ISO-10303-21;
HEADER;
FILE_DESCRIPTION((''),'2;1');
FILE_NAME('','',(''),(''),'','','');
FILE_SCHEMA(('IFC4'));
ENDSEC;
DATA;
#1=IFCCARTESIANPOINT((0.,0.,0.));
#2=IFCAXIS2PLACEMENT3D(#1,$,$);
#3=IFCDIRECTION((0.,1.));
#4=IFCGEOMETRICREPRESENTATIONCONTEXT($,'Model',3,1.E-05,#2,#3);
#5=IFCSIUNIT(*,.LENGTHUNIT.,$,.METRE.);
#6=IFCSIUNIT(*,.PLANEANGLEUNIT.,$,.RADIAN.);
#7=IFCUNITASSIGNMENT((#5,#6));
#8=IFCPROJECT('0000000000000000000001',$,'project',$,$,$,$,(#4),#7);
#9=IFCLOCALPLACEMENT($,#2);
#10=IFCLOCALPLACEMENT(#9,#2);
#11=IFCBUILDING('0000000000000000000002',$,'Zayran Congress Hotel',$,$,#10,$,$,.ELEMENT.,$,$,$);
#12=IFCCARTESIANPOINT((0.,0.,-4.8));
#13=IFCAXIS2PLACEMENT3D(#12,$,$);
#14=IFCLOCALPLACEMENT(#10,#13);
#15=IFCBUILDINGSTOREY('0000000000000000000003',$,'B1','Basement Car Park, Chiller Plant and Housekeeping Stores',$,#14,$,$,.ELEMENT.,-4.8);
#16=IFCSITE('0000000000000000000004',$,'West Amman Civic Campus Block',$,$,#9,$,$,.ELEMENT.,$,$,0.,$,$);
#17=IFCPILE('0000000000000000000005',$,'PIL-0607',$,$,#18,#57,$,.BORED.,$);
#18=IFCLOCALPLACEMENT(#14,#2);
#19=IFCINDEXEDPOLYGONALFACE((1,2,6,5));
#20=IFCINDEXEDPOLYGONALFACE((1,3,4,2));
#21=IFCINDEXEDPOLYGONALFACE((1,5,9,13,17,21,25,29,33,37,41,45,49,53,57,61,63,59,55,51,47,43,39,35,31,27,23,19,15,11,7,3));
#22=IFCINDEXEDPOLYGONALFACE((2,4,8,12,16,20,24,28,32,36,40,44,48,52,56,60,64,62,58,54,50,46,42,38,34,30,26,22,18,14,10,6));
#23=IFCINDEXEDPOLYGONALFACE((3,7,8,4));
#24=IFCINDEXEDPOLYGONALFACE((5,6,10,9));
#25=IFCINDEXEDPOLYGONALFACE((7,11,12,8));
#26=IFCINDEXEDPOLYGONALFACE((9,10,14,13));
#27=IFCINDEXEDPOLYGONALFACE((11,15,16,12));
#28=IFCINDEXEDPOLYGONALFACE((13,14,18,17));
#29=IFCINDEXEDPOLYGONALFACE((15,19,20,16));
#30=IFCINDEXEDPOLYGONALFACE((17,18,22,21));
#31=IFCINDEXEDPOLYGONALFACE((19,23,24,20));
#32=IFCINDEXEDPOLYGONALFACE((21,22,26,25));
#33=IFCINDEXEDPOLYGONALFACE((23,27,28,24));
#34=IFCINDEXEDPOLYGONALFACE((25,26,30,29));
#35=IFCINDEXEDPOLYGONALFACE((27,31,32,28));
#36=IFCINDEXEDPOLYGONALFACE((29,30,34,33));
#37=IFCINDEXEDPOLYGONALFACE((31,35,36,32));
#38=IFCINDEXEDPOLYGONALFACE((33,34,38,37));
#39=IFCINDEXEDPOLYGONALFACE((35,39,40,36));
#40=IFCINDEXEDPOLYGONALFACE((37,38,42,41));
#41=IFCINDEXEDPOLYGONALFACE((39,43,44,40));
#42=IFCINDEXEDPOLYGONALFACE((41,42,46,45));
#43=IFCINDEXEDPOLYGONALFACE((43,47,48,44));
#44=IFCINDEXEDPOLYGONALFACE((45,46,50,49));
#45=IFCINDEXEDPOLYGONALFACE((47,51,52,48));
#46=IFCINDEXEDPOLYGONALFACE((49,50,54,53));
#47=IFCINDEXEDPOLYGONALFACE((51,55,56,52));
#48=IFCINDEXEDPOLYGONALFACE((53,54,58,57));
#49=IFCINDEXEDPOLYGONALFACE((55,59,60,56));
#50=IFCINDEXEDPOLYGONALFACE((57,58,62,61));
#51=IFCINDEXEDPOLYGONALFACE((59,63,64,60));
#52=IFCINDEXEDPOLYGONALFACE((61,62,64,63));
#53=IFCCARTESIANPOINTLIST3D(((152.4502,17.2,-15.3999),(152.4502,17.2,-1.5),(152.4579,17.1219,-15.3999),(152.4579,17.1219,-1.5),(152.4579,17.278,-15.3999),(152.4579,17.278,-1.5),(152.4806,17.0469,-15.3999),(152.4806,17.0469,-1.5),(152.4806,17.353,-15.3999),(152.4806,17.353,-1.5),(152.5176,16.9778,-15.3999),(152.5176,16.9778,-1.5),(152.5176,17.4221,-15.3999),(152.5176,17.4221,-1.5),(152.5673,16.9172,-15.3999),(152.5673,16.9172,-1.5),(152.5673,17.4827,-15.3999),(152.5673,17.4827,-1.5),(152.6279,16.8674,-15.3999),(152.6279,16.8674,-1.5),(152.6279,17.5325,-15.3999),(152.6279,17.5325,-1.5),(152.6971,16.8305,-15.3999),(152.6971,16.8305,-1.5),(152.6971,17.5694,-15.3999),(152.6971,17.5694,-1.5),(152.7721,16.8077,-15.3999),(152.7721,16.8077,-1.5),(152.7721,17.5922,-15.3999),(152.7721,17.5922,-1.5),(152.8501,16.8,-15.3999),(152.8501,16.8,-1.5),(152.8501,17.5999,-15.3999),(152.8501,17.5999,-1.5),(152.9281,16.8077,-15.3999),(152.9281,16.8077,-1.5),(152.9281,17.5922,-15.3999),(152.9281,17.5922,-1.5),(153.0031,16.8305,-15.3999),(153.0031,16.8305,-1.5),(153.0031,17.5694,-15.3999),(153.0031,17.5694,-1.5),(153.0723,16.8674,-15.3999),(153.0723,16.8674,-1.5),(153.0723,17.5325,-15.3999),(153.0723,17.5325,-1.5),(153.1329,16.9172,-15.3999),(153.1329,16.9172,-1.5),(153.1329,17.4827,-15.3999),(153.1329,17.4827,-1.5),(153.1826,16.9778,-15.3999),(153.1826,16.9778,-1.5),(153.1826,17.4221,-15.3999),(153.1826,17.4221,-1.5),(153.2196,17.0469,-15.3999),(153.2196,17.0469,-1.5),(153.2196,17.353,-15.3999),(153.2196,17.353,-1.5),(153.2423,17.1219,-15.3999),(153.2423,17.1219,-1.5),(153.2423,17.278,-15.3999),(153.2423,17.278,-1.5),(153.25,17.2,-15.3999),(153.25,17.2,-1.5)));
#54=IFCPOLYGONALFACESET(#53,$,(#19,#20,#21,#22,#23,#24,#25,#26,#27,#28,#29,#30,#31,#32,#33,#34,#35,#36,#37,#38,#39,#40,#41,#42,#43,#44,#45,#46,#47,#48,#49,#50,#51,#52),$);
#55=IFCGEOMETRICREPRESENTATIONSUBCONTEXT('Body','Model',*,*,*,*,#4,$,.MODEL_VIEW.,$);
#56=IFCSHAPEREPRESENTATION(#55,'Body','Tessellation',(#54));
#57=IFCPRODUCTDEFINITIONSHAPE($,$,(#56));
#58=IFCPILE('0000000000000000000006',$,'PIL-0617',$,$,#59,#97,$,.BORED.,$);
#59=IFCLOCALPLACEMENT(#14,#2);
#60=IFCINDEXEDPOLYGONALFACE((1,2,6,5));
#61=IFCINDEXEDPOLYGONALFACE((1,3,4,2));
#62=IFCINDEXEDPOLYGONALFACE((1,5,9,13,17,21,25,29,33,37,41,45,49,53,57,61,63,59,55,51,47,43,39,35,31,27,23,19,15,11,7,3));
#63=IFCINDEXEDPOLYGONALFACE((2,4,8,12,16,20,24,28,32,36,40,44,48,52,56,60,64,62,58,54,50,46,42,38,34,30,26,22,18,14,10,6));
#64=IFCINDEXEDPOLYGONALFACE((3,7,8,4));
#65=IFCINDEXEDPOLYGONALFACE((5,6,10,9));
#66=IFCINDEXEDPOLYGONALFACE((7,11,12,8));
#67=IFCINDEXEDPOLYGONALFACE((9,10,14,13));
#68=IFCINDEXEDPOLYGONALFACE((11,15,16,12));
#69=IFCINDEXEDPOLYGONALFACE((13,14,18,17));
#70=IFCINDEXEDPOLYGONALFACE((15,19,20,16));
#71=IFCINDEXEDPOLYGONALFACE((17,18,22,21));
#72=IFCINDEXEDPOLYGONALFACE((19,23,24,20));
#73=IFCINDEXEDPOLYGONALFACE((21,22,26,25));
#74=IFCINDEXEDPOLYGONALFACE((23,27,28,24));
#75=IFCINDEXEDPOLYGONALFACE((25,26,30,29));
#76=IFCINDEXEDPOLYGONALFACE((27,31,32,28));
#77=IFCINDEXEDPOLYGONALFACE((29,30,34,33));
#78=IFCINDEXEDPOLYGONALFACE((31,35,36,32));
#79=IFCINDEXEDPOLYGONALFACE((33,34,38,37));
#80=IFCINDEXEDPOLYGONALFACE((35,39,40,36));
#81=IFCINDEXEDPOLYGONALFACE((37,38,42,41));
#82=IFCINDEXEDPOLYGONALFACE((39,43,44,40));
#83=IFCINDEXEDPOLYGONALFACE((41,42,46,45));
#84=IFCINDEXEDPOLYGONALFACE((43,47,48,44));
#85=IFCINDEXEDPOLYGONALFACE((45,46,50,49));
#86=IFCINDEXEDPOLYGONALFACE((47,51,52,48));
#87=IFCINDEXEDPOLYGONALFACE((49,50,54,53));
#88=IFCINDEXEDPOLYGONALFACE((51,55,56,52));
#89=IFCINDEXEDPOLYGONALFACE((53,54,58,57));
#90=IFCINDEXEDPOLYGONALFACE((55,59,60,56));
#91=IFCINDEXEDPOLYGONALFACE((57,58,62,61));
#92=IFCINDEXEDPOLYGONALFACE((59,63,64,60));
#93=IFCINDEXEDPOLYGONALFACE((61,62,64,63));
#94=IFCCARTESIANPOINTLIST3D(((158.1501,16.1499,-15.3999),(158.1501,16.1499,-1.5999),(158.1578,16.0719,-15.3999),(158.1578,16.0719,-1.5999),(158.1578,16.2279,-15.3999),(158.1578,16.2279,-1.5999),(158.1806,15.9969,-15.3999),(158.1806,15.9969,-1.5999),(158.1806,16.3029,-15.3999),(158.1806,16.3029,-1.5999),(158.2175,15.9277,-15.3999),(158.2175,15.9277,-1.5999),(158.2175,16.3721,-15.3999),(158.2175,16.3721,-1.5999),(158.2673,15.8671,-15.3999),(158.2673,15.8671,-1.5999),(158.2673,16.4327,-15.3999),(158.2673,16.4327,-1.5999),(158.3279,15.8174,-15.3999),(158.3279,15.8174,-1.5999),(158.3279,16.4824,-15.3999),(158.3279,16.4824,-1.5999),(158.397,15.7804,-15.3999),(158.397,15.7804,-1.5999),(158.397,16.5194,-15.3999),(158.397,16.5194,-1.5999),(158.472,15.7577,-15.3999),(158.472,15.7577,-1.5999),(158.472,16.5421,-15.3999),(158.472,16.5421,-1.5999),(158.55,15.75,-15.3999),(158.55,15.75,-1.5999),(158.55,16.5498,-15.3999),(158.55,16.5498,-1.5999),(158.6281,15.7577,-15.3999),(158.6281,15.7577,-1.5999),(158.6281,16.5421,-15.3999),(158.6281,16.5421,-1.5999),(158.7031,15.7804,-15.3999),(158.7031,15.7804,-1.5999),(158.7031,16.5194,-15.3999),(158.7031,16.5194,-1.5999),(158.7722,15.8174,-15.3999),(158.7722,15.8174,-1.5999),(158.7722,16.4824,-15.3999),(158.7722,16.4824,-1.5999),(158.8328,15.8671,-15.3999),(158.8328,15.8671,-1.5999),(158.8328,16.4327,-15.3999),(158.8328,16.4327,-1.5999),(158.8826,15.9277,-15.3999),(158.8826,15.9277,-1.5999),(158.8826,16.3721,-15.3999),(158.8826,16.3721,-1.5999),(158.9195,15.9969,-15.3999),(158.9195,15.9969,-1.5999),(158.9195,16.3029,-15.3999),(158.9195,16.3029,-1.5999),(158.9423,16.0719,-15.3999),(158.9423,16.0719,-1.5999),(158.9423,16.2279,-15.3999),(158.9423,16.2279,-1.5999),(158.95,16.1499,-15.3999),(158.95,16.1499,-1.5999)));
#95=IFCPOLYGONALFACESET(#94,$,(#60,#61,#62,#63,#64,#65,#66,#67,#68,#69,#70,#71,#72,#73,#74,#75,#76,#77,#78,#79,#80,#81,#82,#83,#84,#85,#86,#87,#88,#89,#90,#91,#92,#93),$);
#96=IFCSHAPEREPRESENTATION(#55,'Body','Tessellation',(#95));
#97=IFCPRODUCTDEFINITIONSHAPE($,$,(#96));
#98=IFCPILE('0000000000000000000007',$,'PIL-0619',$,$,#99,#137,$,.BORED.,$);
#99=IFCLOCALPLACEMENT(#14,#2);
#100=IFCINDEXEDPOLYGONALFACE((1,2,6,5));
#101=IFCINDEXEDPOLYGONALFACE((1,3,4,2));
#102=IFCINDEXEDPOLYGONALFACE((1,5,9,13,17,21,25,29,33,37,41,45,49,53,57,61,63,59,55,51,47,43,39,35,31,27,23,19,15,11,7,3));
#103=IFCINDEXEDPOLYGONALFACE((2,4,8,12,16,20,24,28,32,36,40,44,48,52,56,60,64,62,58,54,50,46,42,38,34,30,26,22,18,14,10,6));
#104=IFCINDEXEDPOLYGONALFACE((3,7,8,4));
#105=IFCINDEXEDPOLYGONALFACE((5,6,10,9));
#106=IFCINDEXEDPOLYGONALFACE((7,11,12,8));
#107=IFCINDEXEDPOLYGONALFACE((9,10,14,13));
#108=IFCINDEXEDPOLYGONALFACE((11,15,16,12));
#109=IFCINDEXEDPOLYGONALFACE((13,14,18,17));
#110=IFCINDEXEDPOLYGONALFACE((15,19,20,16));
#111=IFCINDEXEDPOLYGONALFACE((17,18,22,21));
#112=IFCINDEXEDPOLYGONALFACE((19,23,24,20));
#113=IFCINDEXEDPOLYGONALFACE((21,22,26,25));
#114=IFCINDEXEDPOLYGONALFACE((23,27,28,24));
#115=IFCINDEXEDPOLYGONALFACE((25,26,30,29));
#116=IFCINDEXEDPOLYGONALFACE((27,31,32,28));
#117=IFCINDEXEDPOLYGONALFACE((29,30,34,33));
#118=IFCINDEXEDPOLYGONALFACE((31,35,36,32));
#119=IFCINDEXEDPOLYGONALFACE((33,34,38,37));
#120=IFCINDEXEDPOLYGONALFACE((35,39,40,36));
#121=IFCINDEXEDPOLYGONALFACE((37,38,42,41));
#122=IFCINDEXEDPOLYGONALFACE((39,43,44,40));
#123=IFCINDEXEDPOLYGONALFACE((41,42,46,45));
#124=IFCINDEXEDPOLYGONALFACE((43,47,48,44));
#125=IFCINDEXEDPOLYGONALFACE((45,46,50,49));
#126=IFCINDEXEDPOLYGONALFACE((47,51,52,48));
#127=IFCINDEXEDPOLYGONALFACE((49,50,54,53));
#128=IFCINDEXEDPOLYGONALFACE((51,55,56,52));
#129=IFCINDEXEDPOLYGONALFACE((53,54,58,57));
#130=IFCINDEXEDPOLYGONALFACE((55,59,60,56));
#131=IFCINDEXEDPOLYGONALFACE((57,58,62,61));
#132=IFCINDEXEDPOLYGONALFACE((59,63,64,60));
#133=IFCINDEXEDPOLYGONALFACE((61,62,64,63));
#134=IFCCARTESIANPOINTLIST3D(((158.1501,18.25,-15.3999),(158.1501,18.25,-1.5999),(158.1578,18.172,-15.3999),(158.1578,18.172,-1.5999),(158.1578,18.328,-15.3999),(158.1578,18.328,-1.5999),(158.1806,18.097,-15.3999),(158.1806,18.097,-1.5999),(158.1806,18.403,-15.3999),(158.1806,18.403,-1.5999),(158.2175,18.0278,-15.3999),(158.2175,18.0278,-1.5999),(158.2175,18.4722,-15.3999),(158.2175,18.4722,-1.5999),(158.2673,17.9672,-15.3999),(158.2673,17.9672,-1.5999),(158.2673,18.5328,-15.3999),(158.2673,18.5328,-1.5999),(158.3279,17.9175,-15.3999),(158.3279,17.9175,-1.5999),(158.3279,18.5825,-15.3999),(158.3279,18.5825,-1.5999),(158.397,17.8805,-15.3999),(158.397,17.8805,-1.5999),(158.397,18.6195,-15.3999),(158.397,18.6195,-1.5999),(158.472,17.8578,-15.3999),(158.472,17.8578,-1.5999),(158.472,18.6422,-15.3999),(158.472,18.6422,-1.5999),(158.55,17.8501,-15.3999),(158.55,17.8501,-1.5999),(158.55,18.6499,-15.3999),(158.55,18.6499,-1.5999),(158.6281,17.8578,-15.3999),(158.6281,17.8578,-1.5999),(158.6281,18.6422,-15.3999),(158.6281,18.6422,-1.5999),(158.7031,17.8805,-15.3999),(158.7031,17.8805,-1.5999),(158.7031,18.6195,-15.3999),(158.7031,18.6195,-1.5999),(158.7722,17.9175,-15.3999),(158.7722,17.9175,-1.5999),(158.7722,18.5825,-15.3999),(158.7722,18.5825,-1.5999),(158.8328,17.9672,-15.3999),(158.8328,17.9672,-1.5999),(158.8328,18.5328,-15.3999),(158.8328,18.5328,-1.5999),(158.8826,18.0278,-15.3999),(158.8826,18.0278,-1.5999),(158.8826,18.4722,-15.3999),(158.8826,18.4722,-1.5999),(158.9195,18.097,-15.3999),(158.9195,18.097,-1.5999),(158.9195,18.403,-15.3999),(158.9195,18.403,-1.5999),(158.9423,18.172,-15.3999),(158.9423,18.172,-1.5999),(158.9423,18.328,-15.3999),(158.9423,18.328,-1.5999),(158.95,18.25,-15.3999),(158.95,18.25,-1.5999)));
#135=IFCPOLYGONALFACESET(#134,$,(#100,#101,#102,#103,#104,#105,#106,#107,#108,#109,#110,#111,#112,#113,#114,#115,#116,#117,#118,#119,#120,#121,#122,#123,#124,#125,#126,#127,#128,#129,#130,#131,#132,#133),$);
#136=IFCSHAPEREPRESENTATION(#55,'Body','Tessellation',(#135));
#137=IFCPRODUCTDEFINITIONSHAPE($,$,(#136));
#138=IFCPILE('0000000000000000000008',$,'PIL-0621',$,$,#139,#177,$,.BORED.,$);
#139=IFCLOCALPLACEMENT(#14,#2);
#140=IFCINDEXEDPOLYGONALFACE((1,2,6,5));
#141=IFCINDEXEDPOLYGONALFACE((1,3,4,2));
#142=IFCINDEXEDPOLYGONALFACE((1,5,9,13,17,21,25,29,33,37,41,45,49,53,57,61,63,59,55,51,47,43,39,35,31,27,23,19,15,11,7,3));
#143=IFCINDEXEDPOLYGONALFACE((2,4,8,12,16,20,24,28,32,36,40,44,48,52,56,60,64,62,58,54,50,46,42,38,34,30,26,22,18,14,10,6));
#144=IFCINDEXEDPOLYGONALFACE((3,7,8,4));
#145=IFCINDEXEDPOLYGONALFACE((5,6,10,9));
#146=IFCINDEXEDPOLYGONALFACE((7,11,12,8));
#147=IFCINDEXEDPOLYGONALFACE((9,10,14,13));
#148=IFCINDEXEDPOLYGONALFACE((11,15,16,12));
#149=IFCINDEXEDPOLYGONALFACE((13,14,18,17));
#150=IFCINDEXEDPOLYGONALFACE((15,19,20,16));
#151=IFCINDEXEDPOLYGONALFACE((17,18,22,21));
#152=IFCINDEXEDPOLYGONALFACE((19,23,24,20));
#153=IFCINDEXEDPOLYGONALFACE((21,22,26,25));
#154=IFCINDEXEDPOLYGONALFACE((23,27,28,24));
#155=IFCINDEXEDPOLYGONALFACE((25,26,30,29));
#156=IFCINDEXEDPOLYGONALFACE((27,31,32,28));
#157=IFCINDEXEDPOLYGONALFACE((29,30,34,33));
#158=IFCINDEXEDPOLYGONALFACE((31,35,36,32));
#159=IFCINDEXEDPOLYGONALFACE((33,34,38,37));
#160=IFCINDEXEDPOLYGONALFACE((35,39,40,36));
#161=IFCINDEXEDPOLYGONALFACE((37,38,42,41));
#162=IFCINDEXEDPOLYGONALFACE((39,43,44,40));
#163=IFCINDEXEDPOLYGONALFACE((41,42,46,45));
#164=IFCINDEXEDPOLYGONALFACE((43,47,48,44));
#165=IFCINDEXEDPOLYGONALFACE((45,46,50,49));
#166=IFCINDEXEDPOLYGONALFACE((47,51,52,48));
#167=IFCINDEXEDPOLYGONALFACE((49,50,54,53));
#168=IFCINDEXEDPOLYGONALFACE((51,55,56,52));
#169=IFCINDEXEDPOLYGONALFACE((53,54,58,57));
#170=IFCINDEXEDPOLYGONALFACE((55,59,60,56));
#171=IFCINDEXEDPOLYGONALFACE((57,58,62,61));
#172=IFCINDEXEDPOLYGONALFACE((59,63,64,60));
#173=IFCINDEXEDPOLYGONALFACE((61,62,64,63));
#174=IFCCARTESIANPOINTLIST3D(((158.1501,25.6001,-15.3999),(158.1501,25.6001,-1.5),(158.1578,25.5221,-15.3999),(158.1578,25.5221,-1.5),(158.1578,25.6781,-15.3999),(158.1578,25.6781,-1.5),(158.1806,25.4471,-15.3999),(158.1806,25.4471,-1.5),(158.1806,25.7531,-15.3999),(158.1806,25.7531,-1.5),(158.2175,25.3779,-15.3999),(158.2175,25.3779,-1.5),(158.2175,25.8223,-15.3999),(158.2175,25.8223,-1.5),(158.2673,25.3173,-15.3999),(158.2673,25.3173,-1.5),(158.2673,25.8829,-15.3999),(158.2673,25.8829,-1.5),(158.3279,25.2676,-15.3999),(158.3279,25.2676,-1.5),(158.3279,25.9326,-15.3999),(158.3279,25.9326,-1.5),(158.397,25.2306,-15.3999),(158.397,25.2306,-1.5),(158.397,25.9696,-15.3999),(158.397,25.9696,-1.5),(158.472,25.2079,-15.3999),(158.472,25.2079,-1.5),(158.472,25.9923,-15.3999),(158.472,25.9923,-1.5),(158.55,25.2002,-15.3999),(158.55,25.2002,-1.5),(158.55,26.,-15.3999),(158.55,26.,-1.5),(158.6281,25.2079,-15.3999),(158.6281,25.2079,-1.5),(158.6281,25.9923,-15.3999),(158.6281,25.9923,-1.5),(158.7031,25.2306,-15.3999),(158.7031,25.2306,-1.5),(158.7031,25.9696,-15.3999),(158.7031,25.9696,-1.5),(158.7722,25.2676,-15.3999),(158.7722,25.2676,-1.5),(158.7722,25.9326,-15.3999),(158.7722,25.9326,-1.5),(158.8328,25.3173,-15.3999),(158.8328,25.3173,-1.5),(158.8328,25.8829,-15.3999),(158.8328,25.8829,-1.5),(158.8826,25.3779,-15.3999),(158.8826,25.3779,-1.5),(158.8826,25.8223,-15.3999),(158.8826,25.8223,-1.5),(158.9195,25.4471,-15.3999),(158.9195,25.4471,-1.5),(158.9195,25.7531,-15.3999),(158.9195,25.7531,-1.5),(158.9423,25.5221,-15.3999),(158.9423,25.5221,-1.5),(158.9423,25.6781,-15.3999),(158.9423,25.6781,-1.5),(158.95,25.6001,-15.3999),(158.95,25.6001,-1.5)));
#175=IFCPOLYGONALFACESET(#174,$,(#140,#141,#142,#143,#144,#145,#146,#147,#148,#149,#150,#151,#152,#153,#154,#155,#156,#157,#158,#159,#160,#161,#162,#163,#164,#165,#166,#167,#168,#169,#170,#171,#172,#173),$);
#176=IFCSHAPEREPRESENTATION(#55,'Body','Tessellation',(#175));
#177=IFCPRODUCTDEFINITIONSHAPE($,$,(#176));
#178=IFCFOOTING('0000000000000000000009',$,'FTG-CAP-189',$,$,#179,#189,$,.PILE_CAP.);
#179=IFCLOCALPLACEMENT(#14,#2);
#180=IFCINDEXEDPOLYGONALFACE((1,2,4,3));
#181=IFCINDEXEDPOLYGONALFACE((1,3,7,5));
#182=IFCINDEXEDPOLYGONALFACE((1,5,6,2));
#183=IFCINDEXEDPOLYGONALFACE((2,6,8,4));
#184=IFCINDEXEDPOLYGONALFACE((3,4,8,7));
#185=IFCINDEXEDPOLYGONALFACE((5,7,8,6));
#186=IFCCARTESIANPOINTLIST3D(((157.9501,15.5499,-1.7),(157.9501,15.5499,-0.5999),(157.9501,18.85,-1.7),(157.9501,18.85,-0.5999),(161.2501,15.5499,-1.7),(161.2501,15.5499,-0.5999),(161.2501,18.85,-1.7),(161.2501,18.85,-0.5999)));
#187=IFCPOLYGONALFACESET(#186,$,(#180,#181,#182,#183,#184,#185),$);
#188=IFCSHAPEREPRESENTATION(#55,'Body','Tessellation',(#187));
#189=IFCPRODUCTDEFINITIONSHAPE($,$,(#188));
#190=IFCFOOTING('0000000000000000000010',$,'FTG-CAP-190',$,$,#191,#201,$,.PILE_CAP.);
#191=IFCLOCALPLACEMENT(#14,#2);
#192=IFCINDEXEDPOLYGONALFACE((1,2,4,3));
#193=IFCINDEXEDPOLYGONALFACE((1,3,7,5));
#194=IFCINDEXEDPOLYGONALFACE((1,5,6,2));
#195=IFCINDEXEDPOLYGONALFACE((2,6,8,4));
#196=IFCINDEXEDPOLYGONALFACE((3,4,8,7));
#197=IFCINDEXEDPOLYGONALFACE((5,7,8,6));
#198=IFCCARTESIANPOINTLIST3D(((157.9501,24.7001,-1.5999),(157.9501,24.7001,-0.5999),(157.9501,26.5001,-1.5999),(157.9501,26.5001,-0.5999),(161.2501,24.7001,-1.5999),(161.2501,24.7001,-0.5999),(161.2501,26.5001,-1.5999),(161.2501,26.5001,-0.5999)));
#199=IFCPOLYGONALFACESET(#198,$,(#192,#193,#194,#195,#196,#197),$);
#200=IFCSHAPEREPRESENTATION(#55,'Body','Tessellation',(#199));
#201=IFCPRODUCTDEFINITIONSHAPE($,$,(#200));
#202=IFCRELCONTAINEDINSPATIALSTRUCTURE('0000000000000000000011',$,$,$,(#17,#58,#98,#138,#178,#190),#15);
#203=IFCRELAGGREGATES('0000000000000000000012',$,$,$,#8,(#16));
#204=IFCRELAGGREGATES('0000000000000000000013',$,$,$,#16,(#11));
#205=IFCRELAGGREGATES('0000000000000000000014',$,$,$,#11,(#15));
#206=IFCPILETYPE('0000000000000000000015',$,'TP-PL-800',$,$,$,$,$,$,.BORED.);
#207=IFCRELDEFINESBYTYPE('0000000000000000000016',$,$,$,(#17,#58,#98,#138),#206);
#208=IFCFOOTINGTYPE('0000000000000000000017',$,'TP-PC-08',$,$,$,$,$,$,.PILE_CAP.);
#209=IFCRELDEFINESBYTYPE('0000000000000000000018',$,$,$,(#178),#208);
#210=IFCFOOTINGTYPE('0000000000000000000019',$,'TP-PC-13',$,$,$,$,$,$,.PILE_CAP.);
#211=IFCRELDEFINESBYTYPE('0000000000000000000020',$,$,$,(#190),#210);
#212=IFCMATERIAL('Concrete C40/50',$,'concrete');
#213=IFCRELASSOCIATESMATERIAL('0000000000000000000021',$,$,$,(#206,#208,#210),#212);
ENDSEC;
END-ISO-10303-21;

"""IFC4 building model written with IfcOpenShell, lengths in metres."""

from ifc_helpers import new_model, si_unit, direction, frame, origin, origin_2d, place, context, subcontext, project, spatial, rectangle, circle, extrude, material, material_profile, profile_set, type_object, element, save


model = new_model("IFC4")

# Units and contexts
model_context = context("Model", 3, precision=1e-05, world=origin(), true_north=direction((0.0, 1.0)))
body_context = subcontext(model_context, "Body", "Model", "MODEL_VIEW")
ifc_project = project(units=[si_unit("LENGTHUNIT", "METRE"), si_unit("PLANEANGLEUNIT", "RADIAN")], contexts=[model_context])

# Site, building, storey
site_placement = place(None, origin())
site = spatial("IfcSite", under=ifc_project, at=site_placement, Name="West Amman Civic Campus Block", CompositionType="ELEMENT", RefElevation=0.0)
building_placement = place(site_placement, origin())
building = spatial("IfcBuilding", under=site, at=building_placement, Name="Zayran Congress Hotel", CompositionType="ELEMENT")
storey_placement = place(building_placement, frame((0.0, 0.0, -4.8)))
storey = spatial("IfcBuildingStorey", under=building, at=storey_placement, Name="B1", Description="Basement Car Park, Chiller Plant and Housekeeping Stores", CompositionType="ELEMENT", Elevation=-4.8)

# Piles
ifc_material = material(Name="Concrete C40/50", Category="concrete")
ifc_material_profile_1 = material_profile(ifc_material, circle(Radius=0.3999, at=origin_2d()), Name="PILE D800")
ifc_profile_set_1 = profile_set([ifc_material_profile_1], Name="Concrete C40/50")
pile_type_1 = type_object("IfcPileType", Name="TP-PL-800", PredefinedType="BORED", material=ifc_profile_set_1)
pile_1_placement = place(storey_placement, frame((152.8501, 17.2, -1.5), z_axis=(0.0, 0.0, -1.0), x_axis=(1.0, 0.0, 0.0)))
element("IfcPile", 1, at=pile_1_placement, inside=storey, type_object=pile_type_1, Name="PIL-0607", PredefinedType="BORED", context=body_context, shape_type="SweptSolid", body=[
    extrude(circle(Radius=0.3999, at=origin_2d()), origin(), (0.0, 0.0, 1.0), 13.8999),
])
for number, where, z_axis, x_axis, name in (
    (2, (158.55, 16.1499, -1.5999), (0.0, 0.0, -1.0), (1.0, 0.0, 0.0), "PIL-0617"),
    (3, (158.55, 18.25, -1.5999), (0.0, 0.0, -1.0), (1.0, 0.0, 0.0), "PIL-0619"),
):
    element("IfcPile", number, at=place(storey_placement, frame(where, z_axis=z_axis, x_axis=x_axis)), inside=storey, type_object=pile_type_1, Name=name, PredefinedType="BORED", context=body_context, shape_type="SweptSolid", body=[
        extrude(circle(Radius=0.3999, at=origin_2d()), origin(), (0.0, 0.0, 1.0), 13.8),
    ])
pile_2_placement = place(storey_placement, frame((158.55, 25.6001, -1.5), z_axis=(0.0, 0.0, -1.0), x_axis=(1.0, 0.0, 0.0)))
element("IfcPile", 4, at=pile_2_placement, inside=storey, type_object=pile_type_1, Name="PIL-0621", PredefinedType="BORED", context=body_context, shape_type="SweptSolid", body=[
    extrude(circle(Radius=0.3999, at=origin_2d()), origin(), (0.0, 0.0, 1.0), 13.8999),
])

# Footings
footing_type_1 = type_object("IfcFootingType", Name="TP-PC-08", PredefinedType="PILE_CAP", material=ifc_material)
footing_1_placement = place(storey_placement, frame((159.6001, 17.2, -1.7), z_axis=(0.0, 0.0, 1.0), x_axis=(1.0, 0.0, 0.0)))
element("IfcFooting", 5, at=footing_1_placement, inside=storey, type_object=footing_type_1, Name="FTG-CAP-189", PredefinedType="PILE_CAP", context=body_context, shape_type="SweptSolid", body=[
    extrude(rectangle(XDim=3.3, YDim=3.3, at=origin_2d()), origin(), (0.0, 0.0, 1.0), 1.1001),
])
footing_type_2 = type_object("IfcFootingType", Name="TP-PC-13", PredefinedType="PILE_CAP", material=ifc_material)
footing_2_placement = place(storey_placement, frame((159.6001, 25.6001, -1.5999), z_axis=(0.0, 0.0, 1.0), x_axis=(1.0, 0.0, 0.0)))
element("IfcFooting", 6, at=footing_2_placement, inside=storey, type_object=footing_type_2, Name="FTG-CAP-190", PredefinedType="PILE_CAP", context=body_context, shape_type="SweptSolid", body=[
    extrude(rectangle(XDim=3.3, YDim=1.8, at=origin_2d()), origin(), (0.0, 0.0, 1.0), 1.0),
])

save(model, "model.ifc")
